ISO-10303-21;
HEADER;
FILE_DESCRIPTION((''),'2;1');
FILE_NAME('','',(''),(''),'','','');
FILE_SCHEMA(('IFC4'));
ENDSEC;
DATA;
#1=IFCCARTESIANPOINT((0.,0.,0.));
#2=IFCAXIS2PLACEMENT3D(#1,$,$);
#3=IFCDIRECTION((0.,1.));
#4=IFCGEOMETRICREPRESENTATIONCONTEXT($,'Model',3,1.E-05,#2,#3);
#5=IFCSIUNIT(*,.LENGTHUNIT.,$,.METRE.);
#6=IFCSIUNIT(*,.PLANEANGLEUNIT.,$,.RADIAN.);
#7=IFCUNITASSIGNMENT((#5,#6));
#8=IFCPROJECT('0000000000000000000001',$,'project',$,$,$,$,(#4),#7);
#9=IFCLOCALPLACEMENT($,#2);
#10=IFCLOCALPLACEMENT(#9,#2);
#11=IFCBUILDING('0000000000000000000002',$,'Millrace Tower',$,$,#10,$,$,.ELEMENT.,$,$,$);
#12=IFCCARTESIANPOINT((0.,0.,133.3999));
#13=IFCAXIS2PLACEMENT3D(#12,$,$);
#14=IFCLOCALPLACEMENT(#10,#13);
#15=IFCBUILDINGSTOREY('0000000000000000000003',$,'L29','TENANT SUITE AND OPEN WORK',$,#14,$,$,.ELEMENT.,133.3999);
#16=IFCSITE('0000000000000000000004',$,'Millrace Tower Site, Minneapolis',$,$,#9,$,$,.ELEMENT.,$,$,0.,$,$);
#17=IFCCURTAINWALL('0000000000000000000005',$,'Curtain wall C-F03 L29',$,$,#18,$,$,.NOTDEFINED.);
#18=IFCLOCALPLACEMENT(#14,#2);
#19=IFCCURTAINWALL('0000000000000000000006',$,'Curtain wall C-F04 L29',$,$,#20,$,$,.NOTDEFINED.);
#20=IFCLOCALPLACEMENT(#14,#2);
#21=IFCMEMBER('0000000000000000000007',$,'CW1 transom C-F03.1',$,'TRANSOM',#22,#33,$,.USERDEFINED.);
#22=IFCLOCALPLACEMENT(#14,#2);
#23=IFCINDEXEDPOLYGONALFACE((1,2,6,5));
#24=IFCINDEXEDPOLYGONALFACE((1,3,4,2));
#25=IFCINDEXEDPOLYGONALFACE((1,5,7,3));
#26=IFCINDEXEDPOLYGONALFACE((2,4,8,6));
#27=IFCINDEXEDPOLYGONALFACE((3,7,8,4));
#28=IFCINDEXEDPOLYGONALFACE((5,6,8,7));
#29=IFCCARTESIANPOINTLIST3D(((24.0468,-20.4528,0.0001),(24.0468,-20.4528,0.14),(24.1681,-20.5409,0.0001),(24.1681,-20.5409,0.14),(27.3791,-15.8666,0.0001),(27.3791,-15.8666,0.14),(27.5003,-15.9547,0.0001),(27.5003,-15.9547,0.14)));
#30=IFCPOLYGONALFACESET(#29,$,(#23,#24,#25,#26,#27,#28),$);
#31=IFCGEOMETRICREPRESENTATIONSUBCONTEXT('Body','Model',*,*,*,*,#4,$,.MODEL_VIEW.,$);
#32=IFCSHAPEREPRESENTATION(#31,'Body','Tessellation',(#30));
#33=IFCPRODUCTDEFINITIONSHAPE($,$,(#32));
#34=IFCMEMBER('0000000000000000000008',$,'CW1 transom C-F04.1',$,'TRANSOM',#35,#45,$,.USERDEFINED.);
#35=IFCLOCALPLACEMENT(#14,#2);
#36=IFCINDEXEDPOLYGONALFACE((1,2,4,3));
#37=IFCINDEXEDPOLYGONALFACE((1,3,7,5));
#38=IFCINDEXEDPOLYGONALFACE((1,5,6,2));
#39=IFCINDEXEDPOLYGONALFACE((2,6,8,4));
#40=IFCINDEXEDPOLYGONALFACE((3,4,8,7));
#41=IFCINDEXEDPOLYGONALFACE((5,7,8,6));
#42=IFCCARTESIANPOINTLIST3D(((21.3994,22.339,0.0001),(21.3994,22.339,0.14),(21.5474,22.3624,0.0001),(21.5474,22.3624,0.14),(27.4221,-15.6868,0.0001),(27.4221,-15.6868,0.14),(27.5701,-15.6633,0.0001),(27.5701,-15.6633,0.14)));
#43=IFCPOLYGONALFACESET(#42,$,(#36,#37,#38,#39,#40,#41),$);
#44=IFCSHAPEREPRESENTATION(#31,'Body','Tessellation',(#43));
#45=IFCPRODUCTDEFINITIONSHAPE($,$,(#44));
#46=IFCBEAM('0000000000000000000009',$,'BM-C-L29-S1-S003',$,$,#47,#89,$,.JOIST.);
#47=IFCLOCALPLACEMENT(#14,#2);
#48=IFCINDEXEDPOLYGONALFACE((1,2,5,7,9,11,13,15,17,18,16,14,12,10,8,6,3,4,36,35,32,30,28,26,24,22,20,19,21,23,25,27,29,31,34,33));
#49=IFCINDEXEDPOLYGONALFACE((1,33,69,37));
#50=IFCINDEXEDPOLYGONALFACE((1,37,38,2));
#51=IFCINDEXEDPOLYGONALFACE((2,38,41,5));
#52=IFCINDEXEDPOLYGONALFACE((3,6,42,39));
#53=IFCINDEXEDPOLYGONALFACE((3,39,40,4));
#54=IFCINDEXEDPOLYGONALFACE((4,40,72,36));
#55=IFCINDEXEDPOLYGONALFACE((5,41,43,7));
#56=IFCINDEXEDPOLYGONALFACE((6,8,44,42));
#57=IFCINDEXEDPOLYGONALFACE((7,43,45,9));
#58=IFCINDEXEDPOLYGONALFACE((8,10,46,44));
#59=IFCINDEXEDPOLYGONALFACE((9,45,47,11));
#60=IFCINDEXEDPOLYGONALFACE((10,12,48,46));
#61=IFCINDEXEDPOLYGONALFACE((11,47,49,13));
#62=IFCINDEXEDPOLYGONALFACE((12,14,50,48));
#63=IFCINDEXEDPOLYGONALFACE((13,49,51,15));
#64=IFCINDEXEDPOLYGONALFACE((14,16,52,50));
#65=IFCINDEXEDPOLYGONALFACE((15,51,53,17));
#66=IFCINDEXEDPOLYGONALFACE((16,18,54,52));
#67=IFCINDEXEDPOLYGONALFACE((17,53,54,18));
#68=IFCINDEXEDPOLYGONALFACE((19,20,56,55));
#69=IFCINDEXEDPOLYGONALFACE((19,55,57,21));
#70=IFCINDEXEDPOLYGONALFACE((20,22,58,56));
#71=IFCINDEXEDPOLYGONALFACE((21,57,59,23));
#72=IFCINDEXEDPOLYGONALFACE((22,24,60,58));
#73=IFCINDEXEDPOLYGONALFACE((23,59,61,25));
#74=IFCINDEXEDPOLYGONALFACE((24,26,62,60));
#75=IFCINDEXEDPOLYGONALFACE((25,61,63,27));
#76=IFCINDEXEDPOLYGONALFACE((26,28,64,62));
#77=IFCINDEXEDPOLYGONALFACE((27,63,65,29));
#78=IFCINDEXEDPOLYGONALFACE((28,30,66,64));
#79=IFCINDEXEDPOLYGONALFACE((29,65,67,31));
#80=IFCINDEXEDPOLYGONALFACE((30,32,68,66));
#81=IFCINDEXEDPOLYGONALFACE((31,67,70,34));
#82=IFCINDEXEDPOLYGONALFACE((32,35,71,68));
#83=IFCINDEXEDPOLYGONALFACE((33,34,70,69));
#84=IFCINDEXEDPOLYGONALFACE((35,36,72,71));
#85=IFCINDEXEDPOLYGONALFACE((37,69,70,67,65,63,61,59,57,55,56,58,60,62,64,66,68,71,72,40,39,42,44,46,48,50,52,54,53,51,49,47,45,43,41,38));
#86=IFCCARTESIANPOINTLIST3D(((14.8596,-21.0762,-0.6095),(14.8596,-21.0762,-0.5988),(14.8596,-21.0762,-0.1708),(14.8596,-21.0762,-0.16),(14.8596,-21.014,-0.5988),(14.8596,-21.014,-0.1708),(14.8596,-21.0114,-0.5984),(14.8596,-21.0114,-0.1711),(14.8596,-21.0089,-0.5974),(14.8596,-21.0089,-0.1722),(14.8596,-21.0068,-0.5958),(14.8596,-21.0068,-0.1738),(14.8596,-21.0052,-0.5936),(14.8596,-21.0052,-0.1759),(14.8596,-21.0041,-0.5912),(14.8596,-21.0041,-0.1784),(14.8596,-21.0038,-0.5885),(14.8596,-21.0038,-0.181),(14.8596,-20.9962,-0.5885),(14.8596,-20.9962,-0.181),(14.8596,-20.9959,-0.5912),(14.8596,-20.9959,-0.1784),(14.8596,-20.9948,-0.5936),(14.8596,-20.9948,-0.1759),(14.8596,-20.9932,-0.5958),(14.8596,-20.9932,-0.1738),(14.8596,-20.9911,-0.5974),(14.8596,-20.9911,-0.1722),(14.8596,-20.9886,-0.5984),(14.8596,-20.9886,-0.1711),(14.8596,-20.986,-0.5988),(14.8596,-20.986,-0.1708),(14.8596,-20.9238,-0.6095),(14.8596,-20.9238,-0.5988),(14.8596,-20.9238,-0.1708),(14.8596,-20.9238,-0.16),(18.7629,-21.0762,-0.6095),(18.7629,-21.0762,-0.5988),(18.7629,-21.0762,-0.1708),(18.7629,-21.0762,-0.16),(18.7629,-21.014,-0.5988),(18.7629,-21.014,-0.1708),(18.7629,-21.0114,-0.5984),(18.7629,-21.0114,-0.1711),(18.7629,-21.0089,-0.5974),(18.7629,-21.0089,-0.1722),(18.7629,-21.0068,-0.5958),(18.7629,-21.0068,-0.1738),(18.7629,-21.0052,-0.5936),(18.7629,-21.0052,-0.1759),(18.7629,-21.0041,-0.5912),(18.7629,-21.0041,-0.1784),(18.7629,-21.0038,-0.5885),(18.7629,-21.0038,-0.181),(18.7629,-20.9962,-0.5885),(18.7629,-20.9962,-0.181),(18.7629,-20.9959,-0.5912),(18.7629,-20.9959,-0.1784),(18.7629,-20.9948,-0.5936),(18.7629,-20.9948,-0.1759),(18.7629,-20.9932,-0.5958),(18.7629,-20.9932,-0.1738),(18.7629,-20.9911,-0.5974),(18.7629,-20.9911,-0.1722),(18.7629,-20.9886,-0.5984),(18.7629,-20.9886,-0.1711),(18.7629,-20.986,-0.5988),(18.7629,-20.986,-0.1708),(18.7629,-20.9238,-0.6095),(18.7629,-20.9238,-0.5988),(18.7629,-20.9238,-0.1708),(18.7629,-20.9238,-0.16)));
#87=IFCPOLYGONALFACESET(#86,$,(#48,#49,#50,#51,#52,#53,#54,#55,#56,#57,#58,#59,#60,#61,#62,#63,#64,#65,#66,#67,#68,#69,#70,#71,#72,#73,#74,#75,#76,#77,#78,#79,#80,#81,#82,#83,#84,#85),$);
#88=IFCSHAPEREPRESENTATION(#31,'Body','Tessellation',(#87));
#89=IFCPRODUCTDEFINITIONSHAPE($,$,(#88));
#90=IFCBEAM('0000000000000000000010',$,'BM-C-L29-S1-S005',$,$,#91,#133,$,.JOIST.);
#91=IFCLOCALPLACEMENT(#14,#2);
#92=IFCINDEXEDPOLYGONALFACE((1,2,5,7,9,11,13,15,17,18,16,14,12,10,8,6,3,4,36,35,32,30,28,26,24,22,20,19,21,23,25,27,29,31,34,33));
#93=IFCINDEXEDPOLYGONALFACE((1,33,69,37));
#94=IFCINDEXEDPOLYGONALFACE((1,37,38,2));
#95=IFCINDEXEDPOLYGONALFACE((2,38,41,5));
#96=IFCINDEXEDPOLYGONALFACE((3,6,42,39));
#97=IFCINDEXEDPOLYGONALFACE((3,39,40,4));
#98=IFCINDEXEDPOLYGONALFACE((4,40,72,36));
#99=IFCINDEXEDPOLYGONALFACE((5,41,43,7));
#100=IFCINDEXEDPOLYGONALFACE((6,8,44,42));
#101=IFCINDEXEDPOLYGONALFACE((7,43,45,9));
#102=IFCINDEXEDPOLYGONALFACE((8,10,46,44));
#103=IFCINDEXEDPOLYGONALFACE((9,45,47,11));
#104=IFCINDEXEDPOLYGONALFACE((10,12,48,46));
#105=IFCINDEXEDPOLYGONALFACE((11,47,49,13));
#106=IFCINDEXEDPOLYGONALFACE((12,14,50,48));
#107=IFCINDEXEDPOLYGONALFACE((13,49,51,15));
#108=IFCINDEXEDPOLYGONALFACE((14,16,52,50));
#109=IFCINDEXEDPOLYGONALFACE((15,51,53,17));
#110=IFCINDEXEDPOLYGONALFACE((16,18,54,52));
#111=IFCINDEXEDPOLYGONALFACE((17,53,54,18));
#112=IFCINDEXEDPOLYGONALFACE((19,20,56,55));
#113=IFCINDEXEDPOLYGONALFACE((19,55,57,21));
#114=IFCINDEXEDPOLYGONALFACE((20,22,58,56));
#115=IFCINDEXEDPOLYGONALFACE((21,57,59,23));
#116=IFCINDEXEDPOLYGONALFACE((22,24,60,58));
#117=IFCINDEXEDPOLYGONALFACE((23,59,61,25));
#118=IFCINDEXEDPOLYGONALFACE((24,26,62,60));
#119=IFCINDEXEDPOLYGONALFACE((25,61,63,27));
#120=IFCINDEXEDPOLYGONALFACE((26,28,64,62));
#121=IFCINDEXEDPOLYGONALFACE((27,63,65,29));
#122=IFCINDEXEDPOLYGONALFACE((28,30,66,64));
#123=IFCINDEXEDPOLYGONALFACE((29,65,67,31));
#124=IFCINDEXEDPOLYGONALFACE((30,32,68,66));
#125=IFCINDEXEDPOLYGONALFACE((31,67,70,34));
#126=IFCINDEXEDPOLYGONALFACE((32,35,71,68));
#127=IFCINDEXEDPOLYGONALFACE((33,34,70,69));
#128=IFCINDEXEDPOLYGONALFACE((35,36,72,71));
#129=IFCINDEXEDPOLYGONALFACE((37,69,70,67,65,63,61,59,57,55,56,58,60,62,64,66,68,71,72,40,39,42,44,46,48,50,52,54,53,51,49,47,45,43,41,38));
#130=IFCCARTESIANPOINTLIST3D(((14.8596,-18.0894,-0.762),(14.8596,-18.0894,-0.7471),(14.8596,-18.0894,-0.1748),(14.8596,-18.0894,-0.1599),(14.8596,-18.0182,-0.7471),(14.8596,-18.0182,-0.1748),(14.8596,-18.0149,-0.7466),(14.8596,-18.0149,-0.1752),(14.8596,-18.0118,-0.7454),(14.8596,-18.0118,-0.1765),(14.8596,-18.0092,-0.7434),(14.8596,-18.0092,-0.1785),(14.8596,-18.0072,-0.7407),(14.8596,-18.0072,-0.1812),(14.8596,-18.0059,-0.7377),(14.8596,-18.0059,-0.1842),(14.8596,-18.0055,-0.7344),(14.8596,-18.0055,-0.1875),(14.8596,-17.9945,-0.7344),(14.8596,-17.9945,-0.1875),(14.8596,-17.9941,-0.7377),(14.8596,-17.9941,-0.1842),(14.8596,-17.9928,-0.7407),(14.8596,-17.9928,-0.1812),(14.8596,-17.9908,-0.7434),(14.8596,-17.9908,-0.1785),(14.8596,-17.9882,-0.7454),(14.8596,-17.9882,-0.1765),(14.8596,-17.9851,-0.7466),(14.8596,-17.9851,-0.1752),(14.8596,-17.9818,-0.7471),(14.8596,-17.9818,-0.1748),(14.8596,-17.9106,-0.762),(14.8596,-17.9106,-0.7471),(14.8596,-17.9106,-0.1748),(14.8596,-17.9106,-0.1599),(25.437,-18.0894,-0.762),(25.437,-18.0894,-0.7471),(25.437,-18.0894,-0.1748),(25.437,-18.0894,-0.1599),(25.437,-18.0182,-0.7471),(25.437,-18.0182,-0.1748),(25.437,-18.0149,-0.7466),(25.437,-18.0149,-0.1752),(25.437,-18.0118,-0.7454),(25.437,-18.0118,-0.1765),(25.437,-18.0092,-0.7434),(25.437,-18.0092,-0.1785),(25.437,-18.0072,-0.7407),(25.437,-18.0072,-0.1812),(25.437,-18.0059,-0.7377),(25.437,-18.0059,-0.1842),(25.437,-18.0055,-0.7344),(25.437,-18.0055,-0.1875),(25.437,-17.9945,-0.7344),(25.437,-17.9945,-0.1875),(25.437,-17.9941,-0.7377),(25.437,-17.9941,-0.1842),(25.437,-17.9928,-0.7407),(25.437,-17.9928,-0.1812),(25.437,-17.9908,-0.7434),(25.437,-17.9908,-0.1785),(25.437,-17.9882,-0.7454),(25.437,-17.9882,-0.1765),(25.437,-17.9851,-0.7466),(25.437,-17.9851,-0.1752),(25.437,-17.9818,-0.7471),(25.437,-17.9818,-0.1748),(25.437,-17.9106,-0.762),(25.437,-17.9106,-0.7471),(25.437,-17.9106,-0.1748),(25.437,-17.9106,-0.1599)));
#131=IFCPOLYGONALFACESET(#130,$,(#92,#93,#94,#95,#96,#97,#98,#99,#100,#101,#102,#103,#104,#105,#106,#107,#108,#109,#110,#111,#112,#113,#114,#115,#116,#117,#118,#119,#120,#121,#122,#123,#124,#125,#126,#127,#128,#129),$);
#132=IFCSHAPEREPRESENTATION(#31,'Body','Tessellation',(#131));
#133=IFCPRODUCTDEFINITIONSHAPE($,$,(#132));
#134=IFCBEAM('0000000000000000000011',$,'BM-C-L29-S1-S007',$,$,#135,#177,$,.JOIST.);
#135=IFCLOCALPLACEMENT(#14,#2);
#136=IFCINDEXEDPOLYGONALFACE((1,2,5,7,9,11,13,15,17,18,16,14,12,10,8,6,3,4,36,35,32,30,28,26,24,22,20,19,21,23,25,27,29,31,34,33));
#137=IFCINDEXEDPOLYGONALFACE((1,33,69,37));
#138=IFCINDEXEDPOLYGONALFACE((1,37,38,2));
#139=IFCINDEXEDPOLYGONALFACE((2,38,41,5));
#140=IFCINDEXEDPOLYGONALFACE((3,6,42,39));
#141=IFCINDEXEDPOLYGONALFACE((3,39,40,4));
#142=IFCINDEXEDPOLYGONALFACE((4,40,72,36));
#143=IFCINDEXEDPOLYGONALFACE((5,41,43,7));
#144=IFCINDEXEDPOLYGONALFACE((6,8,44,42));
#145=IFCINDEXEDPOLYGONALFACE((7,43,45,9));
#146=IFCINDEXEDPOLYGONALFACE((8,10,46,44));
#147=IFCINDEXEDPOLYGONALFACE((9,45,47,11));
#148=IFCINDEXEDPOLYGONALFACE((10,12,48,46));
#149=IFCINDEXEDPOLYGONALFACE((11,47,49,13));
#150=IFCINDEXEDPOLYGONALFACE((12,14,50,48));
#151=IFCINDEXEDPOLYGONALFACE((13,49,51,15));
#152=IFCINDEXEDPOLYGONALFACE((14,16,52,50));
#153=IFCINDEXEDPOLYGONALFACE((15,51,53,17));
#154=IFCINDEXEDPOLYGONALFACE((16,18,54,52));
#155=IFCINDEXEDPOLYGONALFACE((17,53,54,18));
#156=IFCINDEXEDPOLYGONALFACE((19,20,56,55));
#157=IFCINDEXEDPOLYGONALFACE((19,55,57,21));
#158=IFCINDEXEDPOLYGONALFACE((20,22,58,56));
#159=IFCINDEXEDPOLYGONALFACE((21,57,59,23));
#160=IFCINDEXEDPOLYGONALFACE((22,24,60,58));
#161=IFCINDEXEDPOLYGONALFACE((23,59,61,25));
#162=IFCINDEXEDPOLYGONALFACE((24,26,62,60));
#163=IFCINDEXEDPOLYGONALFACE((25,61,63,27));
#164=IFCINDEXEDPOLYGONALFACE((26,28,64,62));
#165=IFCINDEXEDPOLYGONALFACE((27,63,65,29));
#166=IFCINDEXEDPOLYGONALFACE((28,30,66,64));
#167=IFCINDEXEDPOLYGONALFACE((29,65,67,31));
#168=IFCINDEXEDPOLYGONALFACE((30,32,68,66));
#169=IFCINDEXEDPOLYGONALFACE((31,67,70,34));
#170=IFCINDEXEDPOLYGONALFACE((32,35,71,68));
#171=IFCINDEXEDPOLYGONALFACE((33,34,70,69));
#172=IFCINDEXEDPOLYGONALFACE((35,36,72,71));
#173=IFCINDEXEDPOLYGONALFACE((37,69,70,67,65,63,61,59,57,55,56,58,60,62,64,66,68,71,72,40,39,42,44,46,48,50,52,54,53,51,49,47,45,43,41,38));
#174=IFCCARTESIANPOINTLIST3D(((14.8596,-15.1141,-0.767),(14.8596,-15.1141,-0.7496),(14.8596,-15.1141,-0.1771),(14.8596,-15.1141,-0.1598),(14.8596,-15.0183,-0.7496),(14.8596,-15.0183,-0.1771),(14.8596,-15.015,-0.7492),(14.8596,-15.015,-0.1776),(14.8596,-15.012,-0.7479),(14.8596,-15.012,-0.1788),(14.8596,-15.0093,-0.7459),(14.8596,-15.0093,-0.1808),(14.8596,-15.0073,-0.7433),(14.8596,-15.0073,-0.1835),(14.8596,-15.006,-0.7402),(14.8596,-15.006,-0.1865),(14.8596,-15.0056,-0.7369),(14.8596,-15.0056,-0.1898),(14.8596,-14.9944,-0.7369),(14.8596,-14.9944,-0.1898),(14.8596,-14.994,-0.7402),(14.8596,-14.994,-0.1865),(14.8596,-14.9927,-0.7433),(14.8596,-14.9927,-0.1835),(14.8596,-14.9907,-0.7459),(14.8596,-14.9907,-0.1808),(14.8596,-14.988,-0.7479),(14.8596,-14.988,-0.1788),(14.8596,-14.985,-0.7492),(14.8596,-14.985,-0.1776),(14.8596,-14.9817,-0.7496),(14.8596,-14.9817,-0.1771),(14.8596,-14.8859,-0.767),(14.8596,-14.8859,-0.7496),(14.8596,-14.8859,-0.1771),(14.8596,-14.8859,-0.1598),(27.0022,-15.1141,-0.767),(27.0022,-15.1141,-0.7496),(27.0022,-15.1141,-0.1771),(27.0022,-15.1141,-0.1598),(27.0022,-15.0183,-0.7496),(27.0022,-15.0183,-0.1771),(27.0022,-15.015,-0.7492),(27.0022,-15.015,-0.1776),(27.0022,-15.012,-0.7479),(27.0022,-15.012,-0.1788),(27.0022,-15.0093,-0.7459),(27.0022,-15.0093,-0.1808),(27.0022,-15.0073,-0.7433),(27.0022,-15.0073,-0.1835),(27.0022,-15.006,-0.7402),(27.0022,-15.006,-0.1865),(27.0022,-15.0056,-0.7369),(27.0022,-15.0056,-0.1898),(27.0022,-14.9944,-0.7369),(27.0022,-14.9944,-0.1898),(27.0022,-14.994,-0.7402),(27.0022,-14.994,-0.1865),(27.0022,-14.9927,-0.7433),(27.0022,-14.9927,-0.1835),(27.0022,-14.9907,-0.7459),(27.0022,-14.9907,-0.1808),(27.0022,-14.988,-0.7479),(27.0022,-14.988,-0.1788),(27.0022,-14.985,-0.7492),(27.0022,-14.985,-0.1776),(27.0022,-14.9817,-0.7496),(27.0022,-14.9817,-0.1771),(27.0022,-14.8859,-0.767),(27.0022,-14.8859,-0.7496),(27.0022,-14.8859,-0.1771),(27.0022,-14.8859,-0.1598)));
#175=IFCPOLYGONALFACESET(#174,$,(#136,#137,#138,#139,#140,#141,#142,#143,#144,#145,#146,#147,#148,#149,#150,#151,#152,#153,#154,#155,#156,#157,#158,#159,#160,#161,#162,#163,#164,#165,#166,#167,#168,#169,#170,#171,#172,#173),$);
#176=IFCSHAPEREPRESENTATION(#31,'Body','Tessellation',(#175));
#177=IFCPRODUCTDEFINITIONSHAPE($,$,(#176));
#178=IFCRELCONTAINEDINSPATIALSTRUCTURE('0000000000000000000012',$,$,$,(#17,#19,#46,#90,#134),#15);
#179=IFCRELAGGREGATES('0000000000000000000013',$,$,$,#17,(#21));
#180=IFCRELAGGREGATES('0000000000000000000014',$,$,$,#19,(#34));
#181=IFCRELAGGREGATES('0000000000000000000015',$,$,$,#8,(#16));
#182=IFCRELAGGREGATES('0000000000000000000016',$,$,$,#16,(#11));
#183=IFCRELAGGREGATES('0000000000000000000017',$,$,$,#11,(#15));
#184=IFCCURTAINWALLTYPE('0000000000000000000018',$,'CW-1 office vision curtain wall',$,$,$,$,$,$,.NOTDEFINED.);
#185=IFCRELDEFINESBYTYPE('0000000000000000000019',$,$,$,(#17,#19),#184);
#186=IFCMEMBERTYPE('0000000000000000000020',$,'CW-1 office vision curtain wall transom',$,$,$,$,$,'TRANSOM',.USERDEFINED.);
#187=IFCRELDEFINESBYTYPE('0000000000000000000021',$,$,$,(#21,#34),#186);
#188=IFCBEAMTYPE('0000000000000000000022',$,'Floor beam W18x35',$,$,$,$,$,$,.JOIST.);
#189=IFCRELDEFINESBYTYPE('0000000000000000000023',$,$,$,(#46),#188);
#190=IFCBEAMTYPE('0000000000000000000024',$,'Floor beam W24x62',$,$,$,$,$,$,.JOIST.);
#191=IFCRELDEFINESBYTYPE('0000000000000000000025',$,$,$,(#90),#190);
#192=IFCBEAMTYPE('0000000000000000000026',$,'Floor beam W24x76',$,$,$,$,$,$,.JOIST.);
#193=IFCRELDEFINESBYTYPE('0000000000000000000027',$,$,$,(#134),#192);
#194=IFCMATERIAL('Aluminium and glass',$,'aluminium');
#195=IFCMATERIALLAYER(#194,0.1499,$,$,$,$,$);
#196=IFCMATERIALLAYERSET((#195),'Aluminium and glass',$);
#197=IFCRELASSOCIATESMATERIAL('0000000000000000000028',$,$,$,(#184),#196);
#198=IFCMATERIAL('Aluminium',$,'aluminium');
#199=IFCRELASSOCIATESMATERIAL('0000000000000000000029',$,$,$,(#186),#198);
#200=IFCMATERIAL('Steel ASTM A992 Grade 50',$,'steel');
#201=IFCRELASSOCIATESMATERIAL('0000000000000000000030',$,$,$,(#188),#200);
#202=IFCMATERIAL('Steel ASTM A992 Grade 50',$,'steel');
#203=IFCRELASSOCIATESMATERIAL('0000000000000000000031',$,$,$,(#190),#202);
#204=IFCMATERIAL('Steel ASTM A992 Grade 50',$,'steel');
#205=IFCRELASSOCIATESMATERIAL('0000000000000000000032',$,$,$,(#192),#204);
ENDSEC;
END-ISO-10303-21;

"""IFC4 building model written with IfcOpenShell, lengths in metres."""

from ifc_helpers import new_model, si_unit, direction, frame, origin, origin_2d, place, context, subcontext, project, spatial, rectangle, i_section, extrude, material, layer, layer_set, material_profile, profile_set, type_object, element, aggregate, save


model = new_model("IFC4")

# Units and contexts
model_context = context("Model", 3, precision=1e-05, world=origin(), true_north=direction((0.0, 1.0)))
body_context = subcontext(model_context, "Body", "Model", "MODEL_VIEW")
ifc_project = project(units=[si_unit("LENGTHUNIT", "METRE"), si_unit("PLANEANGLEUNIT", "RADIAN")], contexts=[model_context])

# Site, building, storey
site_placement = place(None, origin())
site = spatial("IfcSite", under=ifc_project, at=site_placement, Name="Millrace Tower Site, Minneapolis", CompositionType="ELEMENT", RefElevation=0.0)
building_placement = place(site_placement, origin())
building = spatial("IfcBuilding", under=site, at=building_placement, Name="Millrace Tower", CompositionType="ELEMENT")
storey_placement = place(building_placement, frame((0.0, 0.0, 133.3999)))
storey = spatial("IfcBuildingStorey", under=building, at=storey_placement, Name="L29", Description="TENANT SUITE AND OPEN WORK", CompositionType="ELEMENT", Elevation=133.3999)

# Shared definitions
ifc_material_1 = material(Name="Aluminium and glass", Category="aluminium")
ifc_layer_1 = layer(ifc_material_1, 0.1499)
ifc_layer_set_1 = layer_set([ifc_layer_1], Name="Aluminium and glass")
curtain_wall_type = type_object("IfcCurtainWallType", Name="CW-1 office vision curtain wall", PredefinedType="NOTDEFINED", material=ifc_layer_set_1)
placement = place(storey_placement, origin())

# Curtain walls
curtain_wall_1 = element("IfcCurtainWall", 1, at=placement, inside=storey, type_object=curtain_wall_type, Name="Curtain wall C-F03 L29", PredefinedType="NOTDEFINED")
curtain_wall_2 = element("IfcCurtainWall", 2, at=placement, inside=storey, type_object=curtain_wall_type, Name="Curtain wall C-F04 L29", PredefinedType="NOTDEFINED")

# Members
ifc_material_2 = material(Name="Aluminium", Category="aluminium")
ifc_material_profile_1 = material_profile(ifc_material_2, rectangle(XDim=0.1499, YDim=0.1399, at=origin_2d()))
ifc_profile_set_1 = profile_set([ifc_material_profile_1], Name="Aluminium")
member_type_1 = type_object("IfcMemberType", Name="CW-1 office vision curtain wall transom", ElementType="TRANSOM", PredefinedType="USERDEFINED", material=ifc_profile_set_1)
member_1_placement = place(storey_placement, frame((24.1074, -20.4968, 0.0701), z_axis=(0.587811, 0.808999, 0.0), x_axis=(-0.808999, 0.587811, 0.0)))
member_1 = element("IfcMember", 3, at=member_1_placement, type_object=member_type_1, Name="CW1 transom C-F03.1", ObjectType="TRANSOM", PredefinedType="USERDEFINED", context=body_context, shape_type="SweptSolid", body=[
    extrude(rectangle(XDim=0.1499, YDim=0.1399, at=origin_2d()), origin(), (0.0, 0.0, 1.0), 5.6689),
])
aggregate(curtain_wall_1, [member_1])
member_2_placement = place(storey_placement, frame((27.4961, -15.675, 0.0701), z_axis=(-0.156434, 0.987688, 0.0), x_axis=(-0.987688, -0.156434, 0.0)))
member_2 = element("IfcMember", 4, at=member_2_placement, type_object=member_type_1, Name="CW1 transom C-F04.1", ObjectType="TRANSOM", PredefinedType="USERDEFINED", context=body_context, shape_type="SweptSolid", body=[
    extrude(rectangle(XDim=0.1499, YDim=0.1399, at=origin_2d()), origin(), (0.0, 0.0, 1.0), 38.4998),
])
aggregate(curtain_wall_2, [member_2])

# Beams
ifc_material_3 = material(Name="Steel ASTM A992 Grade 50", Category="steel")
ifc_material_profile_2 = material_profile(ifc_material_3, i_section(OverallWidth=0.1523, OverallDepth=0.4495, WebThickness=0.0076, FlangeThickness=0.0107, FilletRadius=0.0103, at=origin_2d()))
ifc_profile_set_2 = profile_set([ifc_material_profile_2], Name="Steel ASTM A992 Grade 50")
beam_type_1 = type_object("IfcBeamType", Name="Floor beam W18x35", PredefinedType="JOIST", material=ifc_profile_set_2)
beam_1_placement = place(storey_placement, frame((14.8596, -21.0, -0.3848), z_axis=(1.0, 0.0, 0.0), x_axis=(0.0, 1.0, 0.0)))
element("IfcBeam", 5, at=beam_1_placement, inside=storey, type_object=beam_type_1, Name="BM-C-L29-S1-S003", PredefinedType="JOIST", context=body_context, shape_type="SweptSolid", body=[
    extrude(i_section(OverallWidth=0.1523, OverallDepth=0.4495, WebThickness=0.0076, FlangeThickness=0.0107, FilletRadius=0.0103, at=origin_2d()), origin(), (0.0, 0.0, 1.0), 3.9033),
])
ifc_material_4 = material(Name="Steel ASTM A992 Grade 50", Category="steel")
ifc_material_profile_3 = material_profile(ifc_material_4, i_section(OverallWidth=0.1787, OverallDepth=0.6021, WebThickness=0.011, FlangeThickness=0.0149, FilletRadius=0.0127, at=origin_2d()))
ifc_profile_set_3 = profile_set([ifc_material_profile_3], Name="Steel ASTM A992 Grade 50")
beam_type_2 = type_object("IfcBeamType", Name="Floor beam W24x62", PredefinedType="JOIST", material=ifc_profile_set_3)
beam_2_placement = place(storey_placement, frame((14.8596, -18.0, -0.4609), z_axis=(1.0, 0.0, 0.0), x_axis=(0.0, 1.0, 0.0)))
element("IfcBeam", 6, at=beam_2_placement, inside=storey, type_object=beam_type_2, Name="BM-C-L29-S1-S005", PredefinedType="JOIST", context=body_context, shape_type="SweptSolid", body=[
    extrude(i_section(OverallWidth=0.1787, OverallDepth=0.6021, WebThickness=0.011, FlangeThickness=0.0149, FilletRadius=0.0127, at=origin_2d()), origin(), (0.0, 0.0, 1.0), 10.5774),
])
ifc_material_5 = material(Name="Steel ASTM A992 Grade 50", Category="steel")
ifc_material_profile_4 = material_profile(ifc_material_5, i_section(OverallWidth=0.2283, OverallDepth=0.6072, WebThickness=0.0112, FlangeThickness=0.0173, FilletRadius=0.0127, at=origin_2d()))
ifc_profile_set_4 = profile_set([ifc_material_profile_4], Name="Steel ASTM A992 Grade 50")
beam_type_3 = type_object("IfcBeamType", Name="Floor beam W24x76", PredefinedType="JOIST", material=ifc_profile_set_4)
beam_3_placement = place(storey_placement, frame((14.8596, -15.0, -0.4634), z_axis=(1.0, 0.0, 0.0), x_axis=(0.0, 1.0, 0.0)))
element("IfcBeam", 7, at=beam_3_placement, inside=storey, type_object=beam_type_3, Name="BM-C-L29-S1-S007", PredefinedType="JOIST", context=body_context, shape_type="SweptSolid", body=[
    extrude(i_section(OverallWidth=0.2283, OverallDepth=0.6072, WebThickness=0.0112, FlangeThickness=0.0173, FilletRadius=0.0127, at=origin_2d()), origin(), (0.0, 0.0, 1.0), 12.1426),
])

save(model, "model.ifc")
